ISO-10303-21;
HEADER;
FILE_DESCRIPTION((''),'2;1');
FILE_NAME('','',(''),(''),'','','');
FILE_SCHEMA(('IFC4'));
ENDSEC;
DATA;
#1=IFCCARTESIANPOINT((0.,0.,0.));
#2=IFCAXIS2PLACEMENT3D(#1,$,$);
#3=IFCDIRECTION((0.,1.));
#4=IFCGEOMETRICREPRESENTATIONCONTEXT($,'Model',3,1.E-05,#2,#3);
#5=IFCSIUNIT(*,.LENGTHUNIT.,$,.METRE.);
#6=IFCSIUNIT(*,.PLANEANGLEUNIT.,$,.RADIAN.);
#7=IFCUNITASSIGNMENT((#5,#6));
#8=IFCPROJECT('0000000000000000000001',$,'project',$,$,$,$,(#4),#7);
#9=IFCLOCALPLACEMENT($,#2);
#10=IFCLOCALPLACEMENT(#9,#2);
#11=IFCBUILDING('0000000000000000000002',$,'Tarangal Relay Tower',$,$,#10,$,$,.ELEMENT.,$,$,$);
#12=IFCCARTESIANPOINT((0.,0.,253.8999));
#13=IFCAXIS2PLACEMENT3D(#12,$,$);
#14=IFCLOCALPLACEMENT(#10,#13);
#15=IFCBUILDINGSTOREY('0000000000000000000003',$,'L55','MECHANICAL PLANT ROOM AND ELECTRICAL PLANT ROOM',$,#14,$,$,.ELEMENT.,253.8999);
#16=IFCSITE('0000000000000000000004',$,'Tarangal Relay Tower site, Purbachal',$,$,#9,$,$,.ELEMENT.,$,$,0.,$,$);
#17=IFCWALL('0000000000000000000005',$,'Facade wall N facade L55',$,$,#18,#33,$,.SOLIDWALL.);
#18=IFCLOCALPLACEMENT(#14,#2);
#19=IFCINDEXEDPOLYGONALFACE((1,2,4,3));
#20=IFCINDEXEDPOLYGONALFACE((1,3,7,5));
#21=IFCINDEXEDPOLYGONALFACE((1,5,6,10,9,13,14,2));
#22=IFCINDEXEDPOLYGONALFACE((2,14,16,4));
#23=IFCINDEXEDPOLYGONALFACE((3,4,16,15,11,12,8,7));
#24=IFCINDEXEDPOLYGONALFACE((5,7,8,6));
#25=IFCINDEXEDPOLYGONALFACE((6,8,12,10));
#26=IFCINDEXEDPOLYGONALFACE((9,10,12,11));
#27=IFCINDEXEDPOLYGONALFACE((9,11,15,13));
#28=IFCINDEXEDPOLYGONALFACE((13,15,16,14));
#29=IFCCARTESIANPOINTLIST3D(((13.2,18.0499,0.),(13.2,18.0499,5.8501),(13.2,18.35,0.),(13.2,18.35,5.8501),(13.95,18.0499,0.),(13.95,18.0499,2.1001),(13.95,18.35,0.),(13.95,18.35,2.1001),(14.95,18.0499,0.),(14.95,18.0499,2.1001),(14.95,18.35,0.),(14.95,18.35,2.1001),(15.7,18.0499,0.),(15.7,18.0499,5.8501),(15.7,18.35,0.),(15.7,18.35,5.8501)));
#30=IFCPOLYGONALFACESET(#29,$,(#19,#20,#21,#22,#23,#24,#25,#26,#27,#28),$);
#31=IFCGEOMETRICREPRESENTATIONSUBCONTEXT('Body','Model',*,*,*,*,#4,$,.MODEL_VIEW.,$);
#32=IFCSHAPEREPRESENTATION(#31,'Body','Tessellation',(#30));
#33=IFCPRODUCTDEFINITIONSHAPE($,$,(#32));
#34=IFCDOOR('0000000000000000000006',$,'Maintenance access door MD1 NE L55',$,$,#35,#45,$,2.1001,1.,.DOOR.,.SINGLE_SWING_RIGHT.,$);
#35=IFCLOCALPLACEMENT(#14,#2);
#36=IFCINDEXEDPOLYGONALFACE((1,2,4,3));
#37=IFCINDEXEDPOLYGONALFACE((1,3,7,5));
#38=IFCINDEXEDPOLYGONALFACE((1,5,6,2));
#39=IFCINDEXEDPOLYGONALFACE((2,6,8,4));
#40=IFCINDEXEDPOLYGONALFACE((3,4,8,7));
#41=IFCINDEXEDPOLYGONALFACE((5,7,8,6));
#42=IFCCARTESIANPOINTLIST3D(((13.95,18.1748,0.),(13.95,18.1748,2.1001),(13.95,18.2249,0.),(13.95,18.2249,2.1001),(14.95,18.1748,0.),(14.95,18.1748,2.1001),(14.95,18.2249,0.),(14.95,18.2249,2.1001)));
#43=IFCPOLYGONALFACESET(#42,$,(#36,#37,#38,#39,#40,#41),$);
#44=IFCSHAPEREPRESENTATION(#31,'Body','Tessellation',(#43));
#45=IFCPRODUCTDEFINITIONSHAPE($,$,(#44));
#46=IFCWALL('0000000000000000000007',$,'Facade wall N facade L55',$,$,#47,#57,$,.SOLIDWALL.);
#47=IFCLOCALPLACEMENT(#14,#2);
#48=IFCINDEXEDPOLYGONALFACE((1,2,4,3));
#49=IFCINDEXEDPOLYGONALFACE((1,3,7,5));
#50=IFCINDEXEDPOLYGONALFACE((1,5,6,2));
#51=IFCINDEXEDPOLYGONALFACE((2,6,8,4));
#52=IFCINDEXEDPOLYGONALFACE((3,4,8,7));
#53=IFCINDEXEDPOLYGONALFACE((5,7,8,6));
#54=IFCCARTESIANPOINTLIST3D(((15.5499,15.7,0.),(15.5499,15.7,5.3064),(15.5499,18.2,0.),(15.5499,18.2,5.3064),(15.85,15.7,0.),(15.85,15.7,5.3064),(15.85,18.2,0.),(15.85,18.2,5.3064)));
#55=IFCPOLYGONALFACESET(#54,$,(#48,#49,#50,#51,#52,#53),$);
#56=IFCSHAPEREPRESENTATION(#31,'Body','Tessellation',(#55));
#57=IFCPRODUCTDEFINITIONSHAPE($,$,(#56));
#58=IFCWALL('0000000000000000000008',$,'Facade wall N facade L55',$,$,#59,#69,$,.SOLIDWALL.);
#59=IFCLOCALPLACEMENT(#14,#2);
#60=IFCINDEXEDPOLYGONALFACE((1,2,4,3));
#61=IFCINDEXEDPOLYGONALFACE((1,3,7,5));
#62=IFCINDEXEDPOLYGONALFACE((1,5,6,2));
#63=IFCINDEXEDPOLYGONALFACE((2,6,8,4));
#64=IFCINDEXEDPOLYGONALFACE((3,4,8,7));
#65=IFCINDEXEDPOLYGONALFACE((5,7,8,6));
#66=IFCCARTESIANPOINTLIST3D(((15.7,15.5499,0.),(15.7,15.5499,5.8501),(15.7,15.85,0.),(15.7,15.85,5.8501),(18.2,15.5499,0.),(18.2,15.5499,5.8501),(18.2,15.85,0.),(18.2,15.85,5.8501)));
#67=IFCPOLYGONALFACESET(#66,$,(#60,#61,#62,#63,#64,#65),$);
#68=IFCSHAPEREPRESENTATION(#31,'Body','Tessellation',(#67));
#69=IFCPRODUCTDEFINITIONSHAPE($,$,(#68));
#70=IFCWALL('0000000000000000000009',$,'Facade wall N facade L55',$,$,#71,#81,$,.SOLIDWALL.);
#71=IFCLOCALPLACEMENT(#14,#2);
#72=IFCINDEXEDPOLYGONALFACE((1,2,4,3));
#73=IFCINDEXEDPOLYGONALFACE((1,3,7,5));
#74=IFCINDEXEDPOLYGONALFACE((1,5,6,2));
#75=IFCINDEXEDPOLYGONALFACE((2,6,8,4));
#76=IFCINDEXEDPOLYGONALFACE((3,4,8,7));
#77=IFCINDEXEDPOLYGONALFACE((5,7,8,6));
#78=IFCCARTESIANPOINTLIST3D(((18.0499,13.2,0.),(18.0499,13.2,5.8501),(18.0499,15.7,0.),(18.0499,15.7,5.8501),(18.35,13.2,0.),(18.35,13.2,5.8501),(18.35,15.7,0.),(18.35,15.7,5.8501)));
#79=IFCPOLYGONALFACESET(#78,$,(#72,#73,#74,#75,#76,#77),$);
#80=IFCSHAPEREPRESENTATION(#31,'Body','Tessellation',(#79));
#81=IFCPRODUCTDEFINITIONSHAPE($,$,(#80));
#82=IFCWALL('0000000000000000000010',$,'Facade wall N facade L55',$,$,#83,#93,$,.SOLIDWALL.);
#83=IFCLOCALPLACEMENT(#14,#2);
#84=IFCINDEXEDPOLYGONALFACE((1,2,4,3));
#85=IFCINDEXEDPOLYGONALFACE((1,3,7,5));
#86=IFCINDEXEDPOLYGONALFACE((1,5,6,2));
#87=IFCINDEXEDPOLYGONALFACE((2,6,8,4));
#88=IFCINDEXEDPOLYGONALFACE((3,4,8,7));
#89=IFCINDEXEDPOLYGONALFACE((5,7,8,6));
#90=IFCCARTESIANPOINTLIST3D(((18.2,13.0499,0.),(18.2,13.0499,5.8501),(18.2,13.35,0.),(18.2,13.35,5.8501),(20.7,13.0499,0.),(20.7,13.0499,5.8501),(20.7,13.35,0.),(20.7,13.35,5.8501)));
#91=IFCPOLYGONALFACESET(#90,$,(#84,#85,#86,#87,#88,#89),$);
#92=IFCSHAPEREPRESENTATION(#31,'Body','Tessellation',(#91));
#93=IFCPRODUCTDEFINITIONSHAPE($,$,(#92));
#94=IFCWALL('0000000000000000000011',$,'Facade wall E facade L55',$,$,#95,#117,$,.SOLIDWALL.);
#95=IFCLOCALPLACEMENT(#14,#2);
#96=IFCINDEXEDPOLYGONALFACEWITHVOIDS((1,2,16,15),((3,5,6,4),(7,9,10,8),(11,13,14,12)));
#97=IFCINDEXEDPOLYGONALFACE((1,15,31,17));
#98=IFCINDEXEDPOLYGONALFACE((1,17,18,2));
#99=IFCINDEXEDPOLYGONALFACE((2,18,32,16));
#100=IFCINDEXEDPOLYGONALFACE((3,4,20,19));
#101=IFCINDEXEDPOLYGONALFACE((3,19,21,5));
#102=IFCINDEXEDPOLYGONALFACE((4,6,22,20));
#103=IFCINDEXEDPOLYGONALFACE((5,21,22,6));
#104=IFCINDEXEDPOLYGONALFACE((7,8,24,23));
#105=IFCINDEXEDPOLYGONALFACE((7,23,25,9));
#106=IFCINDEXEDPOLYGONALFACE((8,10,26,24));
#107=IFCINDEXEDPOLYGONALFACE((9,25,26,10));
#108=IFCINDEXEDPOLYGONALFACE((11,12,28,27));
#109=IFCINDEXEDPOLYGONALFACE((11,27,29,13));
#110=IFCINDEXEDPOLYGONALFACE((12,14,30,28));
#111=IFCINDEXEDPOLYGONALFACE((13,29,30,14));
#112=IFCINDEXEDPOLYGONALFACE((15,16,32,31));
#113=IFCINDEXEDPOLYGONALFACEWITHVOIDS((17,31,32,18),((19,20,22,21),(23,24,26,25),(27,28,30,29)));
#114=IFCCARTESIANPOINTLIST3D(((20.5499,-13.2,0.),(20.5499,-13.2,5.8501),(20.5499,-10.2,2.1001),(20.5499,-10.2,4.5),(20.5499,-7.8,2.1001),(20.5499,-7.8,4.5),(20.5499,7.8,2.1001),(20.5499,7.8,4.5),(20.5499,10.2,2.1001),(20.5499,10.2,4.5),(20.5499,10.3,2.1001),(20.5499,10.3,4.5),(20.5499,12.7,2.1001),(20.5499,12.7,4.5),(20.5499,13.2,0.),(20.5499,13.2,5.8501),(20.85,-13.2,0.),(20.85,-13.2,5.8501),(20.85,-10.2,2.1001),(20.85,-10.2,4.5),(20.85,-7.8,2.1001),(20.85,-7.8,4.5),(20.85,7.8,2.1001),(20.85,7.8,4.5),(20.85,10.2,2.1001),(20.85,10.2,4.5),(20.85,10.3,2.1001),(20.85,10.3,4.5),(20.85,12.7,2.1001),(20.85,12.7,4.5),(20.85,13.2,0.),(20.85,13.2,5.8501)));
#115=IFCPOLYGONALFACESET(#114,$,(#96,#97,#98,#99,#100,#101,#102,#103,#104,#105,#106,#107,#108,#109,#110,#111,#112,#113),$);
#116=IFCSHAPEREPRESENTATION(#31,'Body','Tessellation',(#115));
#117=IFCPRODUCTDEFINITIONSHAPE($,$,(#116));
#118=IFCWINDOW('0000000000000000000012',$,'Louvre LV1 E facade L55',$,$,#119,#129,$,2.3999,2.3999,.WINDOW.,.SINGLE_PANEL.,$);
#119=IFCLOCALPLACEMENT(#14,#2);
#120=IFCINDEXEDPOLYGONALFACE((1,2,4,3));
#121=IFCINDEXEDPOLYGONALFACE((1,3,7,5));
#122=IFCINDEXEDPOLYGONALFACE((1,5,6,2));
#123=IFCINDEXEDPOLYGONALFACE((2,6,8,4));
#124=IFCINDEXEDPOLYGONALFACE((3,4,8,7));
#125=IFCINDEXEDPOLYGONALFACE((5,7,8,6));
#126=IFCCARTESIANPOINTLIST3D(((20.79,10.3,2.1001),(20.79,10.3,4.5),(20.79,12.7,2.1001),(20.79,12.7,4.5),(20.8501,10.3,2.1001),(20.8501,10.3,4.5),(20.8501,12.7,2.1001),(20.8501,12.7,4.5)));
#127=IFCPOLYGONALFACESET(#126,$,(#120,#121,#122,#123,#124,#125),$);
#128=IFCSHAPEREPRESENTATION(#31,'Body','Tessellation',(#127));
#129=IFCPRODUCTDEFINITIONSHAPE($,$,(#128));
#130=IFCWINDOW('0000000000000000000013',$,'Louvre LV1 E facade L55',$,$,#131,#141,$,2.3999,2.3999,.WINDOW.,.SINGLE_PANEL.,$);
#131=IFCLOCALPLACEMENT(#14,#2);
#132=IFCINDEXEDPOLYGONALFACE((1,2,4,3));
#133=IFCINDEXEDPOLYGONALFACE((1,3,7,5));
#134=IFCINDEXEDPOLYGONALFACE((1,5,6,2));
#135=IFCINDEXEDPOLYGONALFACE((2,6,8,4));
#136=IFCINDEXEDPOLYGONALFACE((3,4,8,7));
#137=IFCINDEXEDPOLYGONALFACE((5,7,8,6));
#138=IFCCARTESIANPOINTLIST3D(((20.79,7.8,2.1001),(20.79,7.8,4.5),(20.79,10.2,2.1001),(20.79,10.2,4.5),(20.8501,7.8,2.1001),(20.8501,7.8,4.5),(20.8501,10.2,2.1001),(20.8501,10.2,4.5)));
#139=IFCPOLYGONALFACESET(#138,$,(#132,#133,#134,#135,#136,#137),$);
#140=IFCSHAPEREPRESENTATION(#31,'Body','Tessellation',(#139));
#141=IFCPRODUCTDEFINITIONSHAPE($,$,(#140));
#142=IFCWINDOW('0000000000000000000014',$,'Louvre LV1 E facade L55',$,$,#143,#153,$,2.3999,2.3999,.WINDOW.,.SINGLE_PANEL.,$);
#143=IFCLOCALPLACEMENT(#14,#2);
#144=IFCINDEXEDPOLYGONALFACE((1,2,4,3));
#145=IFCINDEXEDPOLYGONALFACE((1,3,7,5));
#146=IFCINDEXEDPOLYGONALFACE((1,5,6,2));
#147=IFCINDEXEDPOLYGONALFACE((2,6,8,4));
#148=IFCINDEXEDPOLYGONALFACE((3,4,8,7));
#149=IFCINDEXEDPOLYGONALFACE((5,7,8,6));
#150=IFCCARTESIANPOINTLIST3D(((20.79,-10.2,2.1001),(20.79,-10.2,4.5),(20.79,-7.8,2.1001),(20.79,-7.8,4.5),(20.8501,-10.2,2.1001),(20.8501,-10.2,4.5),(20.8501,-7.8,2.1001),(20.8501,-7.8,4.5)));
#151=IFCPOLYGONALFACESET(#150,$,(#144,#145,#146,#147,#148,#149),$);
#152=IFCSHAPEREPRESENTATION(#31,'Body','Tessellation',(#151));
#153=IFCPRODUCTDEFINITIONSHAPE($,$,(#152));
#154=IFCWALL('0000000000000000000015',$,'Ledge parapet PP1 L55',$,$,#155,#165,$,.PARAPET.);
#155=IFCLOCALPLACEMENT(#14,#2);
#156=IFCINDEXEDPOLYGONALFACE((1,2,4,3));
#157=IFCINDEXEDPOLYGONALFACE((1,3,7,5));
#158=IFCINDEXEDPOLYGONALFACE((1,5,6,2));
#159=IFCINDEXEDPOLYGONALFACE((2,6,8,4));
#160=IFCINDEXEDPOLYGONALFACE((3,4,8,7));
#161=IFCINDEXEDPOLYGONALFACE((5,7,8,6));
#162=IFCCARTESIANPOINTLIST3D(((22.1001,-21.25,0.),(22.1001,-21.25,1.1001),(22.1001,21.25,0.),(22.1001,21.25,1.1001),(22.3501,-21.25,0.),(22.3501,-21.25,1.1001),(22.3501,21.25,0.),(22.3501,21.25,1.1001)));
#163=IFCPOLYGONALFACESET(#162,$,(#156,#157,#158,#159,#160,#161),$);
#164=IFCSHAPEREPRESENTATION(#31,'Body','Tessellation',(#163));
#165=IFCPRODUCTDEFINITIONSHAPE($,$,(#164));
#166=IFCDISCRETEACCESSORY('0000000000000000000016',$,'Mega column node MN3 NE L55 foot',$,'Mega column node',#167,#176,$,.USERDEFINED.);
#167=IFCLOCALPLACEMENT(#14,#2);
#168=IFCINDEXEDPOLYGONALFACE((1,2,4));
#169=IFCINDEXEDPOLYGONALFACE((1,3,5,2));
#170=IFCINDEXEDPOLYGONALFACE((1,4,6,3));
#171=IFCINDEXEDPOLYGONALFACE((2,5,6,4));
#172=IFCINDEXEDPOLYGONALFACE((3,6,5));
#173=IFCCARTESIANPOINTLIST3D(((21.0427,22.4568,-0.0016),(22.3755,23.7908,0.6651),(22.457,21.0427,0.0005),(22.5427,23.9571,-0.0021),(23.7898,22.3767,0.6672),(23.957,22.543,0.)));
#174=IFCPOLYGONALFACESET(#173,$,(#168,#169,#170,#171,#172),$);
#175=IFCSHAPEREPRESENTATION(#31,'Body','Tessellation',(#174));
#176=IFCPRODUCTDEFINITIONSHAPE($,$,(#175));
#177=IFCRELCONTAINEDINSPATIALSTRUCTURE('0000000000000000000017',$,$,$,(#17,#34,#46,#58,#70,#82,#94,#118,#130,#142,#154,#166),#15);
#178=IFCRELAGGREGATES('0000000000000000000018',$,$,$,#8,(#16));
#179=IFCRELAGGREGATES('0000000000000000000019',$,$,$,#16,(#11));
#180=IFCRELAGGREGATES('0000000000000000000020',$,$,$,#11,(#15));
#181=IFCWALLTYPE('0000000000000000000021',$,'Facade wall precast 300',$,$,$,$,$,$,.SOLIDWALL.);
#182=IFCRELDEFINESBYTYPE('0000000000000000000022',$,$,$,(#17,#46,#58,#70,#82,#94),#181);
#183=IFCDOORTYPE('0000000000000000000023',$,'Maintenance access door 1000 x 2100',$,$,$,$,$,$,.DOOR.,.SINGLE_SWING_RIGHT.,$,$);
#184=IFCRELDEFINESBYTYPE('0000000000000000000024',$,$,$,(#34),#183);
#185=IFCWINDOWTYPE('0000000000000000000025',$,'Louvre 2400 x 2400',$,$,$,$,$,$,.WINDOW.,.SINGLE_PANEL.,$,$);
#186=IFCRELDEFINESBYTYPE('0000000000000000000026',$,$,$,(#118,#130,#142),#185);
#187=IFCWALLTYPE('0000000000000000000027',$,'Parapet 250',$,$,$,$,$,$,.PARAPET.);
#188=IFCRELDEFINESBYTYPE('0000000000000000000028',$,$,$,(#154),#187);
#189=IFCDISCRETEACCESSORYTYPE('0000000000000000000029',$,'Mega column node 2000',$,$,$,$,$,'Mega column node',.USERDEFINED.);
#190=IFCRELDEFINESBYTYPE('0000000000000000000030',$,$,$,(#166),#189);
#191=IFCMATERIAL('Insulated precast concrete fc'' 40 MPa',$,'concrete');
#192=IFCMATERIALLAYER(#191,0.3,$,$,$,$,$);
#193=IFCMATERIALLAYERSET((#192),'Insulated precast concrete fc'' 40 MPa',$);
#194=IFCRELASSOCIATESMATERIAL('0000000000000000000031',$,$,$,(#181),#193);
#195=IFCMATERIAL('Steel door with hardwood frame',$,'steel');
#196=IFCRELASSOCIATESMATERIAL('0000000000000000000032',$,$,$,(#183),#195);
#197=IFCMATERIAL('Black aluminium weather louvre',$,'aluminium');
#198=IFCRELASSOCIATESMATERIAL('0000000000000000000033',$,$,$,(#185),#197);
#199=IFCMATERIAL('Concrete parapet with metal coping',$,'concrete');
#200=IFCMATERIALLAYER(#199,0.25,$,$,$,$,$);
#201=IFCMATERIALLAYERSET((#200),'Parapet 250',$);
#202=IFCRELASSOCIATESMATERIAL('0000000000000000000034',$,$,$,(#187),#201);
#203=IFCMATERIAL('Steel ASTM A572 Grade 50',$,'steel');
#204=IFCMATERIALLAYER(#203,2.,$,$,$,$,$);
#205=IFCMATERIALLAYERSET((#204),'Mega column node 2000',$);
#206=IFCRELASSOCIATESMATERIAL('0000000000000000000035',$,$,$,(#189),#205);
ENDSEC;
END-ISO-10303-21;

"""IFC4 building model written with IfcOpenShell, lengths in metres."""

from ifc_helpers import new_model, si_unit, direction, frame, frame_2d, origin, place, context, subcontext, project, spatial, polyline, rectangle, outline, extrude, material, layer, layer_set, type_object, element, fill, save


model = new_model("IFC4")

# Units and contexts
model_context = context("Model", 3, precision=1e-05, world=origin(), true_north=direction((0.0, 1.0)))
body_context = subcontext(model_context, "Body", "Model", "MODEL_VIEW")
ifc_project = project(units=[si_unit("LENGTHUNIT", "METRE"), si_unit("PLANEANGLEUNIT", "RADIAN")], contexts=[model_context])

# Site, building, storey
site_placement = place(None, origin())
site = spatial("IfcSite", under=ifc_project, at=site_placement, Name="Tarangal Relay Tower site, Purbachal", CompositionType="ELEMENT", RefElevation=0.0)
building_placement = place(site_placement, origin())
building = spatial("IfcBuilding", under=site, at=building_placement, Name="Tarangal Relay Tower", CompositionType="ELEMENT")
storey_placement = place(building_placement, frame((0.0, 0.0, 253.8999)))
storey = spatial("IfcBuildingStorey", under=building, at=storey_placement, Name="L55", Description="MECHANICAL PLANT ROOM AND ELECTRICAL PLANT ROOM", CompositionType="ELEMENT", Elevation=253.8999)

# Shared definitions
ifc_material_1 = material(Name="Steel ASTM A572 Grade 50", Category="steel")

# Shared definitions
ifc_material_2 = material(Name="Insulated precast concrete fc' 40 MPa", Category="concrete")
ifc_layer_1 = layer(ifc_material_2, 0.3)
ifc_layer_set_1 = layer_set([ifc_layer_1], Name="Insulated precast concrete fc' 40 MPa")
wall_type_1 = type_object("IfcWallType", Name="Facade wall precast 300", PredefinedType="SOLIDWALL", material=ifc_layer_set_1)

# Wall, opening, door
wall_1_placement = place(storey_placement, frame((13.2, 18.2, 0.0), z_axis=(0.0, 0.0, 1.0), x_axis=(1.0, 0.0, 0.0)))
wall_1 = element("IfcWall", 1, at=wall_1_placement, inside=storey, type_object=wall_type_1, Name="Facade wall N facade L55", PredefinedType="SOLIDWALL", context=body_context, shape_type="SweptSolid", body=[
    extrude(rectangle(XDim=2.5, YDim=0.3, at=frame_2d((1.25, 0.0))), origin(), (0.0, 0.0, 1.0), 5.8501),
])
opening_1_placement = place(wall_1_placement, frame((0.75, 0.0, 0.0)))
opening_1 = element("IfcOpeningElement", 2, at=opening_1_placement, cuts=wall_1, PredefinedType="OPENING", context=body_context, shape_type="SweptSolid", body=[
    extrude(rectangle(XDim=1.0, YDim=2.1001, at=frame_2d((0.5, 1.05))), frame((0.0, 0.1599, 0.0), z_axis=(0.0, -1.0, 0.0), x_axis=(1.0, 0.0, 0.0)), (0.0, 0.0, 1.0), 0.3201),
])
ifc_material_3 = material(Name="Steel door with hardwood frame", Category="steel")
door_type = type_object("IfcDoorType", Name="Maintenance access door 1000 x 2100", OperationType="SINGLE_SWING_RIGHT", PredefinedType="DOOR", material=ifc_material_3)
door_placement = place(opening_1_placement, origin())
door = element("IfcDoor", 3, at=door_placement, inside=storey, type_object=door_type, Name="Maintenance access door MD1 NE L55", OperationType="SINGLE_SWING_RIGHT", OverallHeight=2.1001, OverallWidth=1.0, PredefinedType="DOOR", context=body_context, shape_type="SweptSolid", body=[
    extrude(rectangle(XDim=1.0, YDim=2.1001, at=frame_2d((0.5, 1.05))), frame((0.0, 0.0249, 0.0), z_axis=(0.0, -1.0, 0.0), x_axis=(1.0, 0.0, 0.0)), (0.0, 0.0, 1.0), 0.05),
])
fill(opening_1, door)

# Walls
wall_2_placement = place(storey_placement, frame((15.7, 18.2, 0.0), z_axis=(0.0, 0.0, 1.0), x_axis=(0.0, -1.0, 0.0)))
element("IfcWall", 4, at=wall_2_placement, inside=storey, type_object=wall_type_1, Name="Facade wall N facade L55", PredefinedType="SOLIDWALL", context=body_context, shape_type="SweptSolid", body=[
    extrude(rectangle(XDim=2.5, YDim=0.3, at=frame_2d((1.25, 0.0))), origin(), (0.0, 0.0, 1.0), 5.3064),
])
for number, where, z_axis, x_axis, name in (
    (5, (15.7, 15.7, 0.0), (0.0, 0.0, 1.0), (1.0, 0.0, 0.0), "Facade wall N facade L55"),
    (6, (18.2, 15.7, 0.0), (0.0, 0.0, 1.0), (0.0, -1.0, 0.0), "Facade wall N facade L55"),
    (7, (18.2, 13.2, 0.0), (0.0, 0.0, 1.0), (1.0, 0.0, 0.0), "Facade wall N facade L55"),
):
    element("IfcWall", number, at=place(storey_placement, frame(where, z_axis=z_axis, x_axis=x_axis)), inside=storey, type_object=wall_type_1, Name=name, PredefinedType="SOLIDWALL", context=body_context, shape_type="SweptSolid", body=[
        extrude(rectangle(XDim=2.5, YDim=0.3, at=frame_2d((1.25, 0.0))), origin(), (0.0, 0.0, 1.0), 5.8501),
    ])

# Wall, openings, windows
wall_3_placement = place(storey_placement, frame((20.7, 13.2, 0.0), z_axis=(0.0, 0.0, 1.0), x_axis=(0.0, -1.0, 0.0)))
wall_3 = element("IfcWall", 8, at=wall_3_placement, inside=storey, type_object=wall_type_1, Name="Facade wall E facade L55", PredefinedType="SOLIDWALL", context=body_context, shape_type="SweptSolid", body=[
    extrude(rectangle(XDim=26.3999, YDim=0.3, at=frame_2d((13.2, 0.0))), origin(), (0.0, 0.0, 1.0), 5.8501),
])
opening_2_placement = place(wall_3_placement, frame((0.5, 0.0, 2.1001)))
opening_2 = element("IfcOpeningElement", 9, at=opening_2_placement, cuts=wall_3, PredefinedType="OPENING", context=body_context, shape_type="SweptSolid", body=[
    extrude(rectangle(XDim=2.3999, YDim=2.3999, at=frame_2d((1.2, 1.2))), frame((0.0, 0.1599, 0.0), z_axis=(0.0, -1.0, 0.0), x_axis=(1.0, 0.0, 0.0)), (0.0, 0.0, 1.0), 0.3201),
])
opening_3_placement = place(wall_3_placement, frame((3.0, 0.0, 2.1001)))
opening_3 = element("IfcOpeningElement", 10, at=opening_3_placement, cuts=wall_3, PredefinedType="OPENING", context=body_context, shape_type="SweptSolid", body=[
    extrude(rectangle(XDim=2.3999, YDim=2.3999, at=frame_2d((1.2, 1.2))), frame((0.0, 0.1599, 0.0), z_axis=(0.0, -1.0, 0.0), x_axis=(1.0, 0.0, 0.0)), (0.0, 0.0, 1.0), 0.3201),
])
opening_4_placement = place(wall_3_placement, frame((21.0, 0.0, 2.1001)))
opening_4 = element("IfcOpeningElement", 11, at=opening_4_placement, cuts=wall_3, PredefinedType="OPENING", context=body_context, shape_type="SweptSolid", body=[
    extrude(rectangle(XDim=2.3999, YDim=2.3999, at=frame_2d((1.2, 1.2))), frame((0.0, 0.1599, 0.0), z_axis=(0.0, -1.0, 0.0), x_axis=(1.0, 0.0, 0.0)), (0.0, 0.0, 1.0), 0.3201),
])
ifc_material_4 = material(Name="Black aluminium weather louvre", Category="aluminium")
window_type = type_object("IfcWindowType", Name="Louvre 2400 x 2400", PartitioningType="SINGLE_PANEL", PredefinedType="WINDOW", material=ifc_material_4)
window_1_placement = place(opening_2_placement, origin())
window_1 = element("IfcWindow", 12, at=window_1_placement, inside=storey, type_object=window_type, Name="Louvre LV1 E facade L55", OverallHeight=2.3999, OverallWidth=2.3999, PartitioningType="SINGLE_PANEL", PredefinedType="WINDOW", context=body_context, shape_type="SweptSolid", body=[
    extrude(rectangle(XDim=2.3999, YDim=2.3999, at=frame_2d((1.2, 1.2))), frame((0.0, 0.1501, 0.0), z_axis=(0.0, -1.0, 0.0), x_axis=(1.0, 0.0, 0.0)), (0.0, 0.0, 1.0), 0.0601),
])
fill(opening_2, window_1)
window_2_placement = place(opening_3_placement, origin())
window_2 = element("IfcWindow", 13, at=window_2_placement, inside=storey, type_object=window_type, Name="Louvre LV1 E facade L55", OverallHeight=2.3999, OverallWidth=2.3999, PartitioningType="SINGLE_PANEL", PredefinedType="WINDOW", context=body_context, shape_type="SweptSolid", body=[
    extrude(rectangle(XDim=2.3999, YDim=2.3999, at=frame_2d((1.2, 1.2))), frame((0.0, 0.1501, 0.0), z_axis=(0.0, -1.0, 0.0), x_axis=(1.0, 0.0, 0.0)), (0.0, 0.0, 1.0), 0.0601),
])
fill(opening_3, window_2)
window_3_placement = place(opening_4_placement, origin())
window_3 = element("IfcWindow", 14, at=window_3_placement, inside=storey, type_object=window_type, Name="Louvre LV1 E facade L55", OverallHeight=2.3999, OverallWidth=2.3999, PartitioningType="SINGLE_PANEL", PredefinedType="WINDOW", context=body_context, shape_type="SweptSolid", body=[
    extrude(rectangle(XDim=2.3999, YDim=2.3999, at=frame_2d((1.2, 1.2))), frame((0.0, 0.1501, 0.0), z_axis=(0.0, -1.0, 0.0), x_axis=(1.0, 0.0, 0.0)), (0.0, 0.0, 1.0), 0.0601),
])
fill(opening_4, window_3)

# Wall
ifc_material_5 = material(Name="Concrete parapet with metal coping", Category="concrete")
ifc_layer_2 = layer(ifc_material_5, 0.25)
ifc_layer_set_2 = layer_set([ifc_layer_2], Name="Parapet 250")
wall_type_2 = type_object("IfcWallType", Name="Parapet 250", PredefinedType="PARAPET", material=ifc_layer_set_2)
wall_4_placement = place(storey_placement, frame((22.2251, 21.25, 0.0), z_axis=(0.0, 0.0, 1.0), x_axis=(0.0, -1.0, 0.0)))
element("IfcWall", 15, at=wall_4_placement, inside=storey, type_object=wall_type_2, Name="Ledge parapet PP1 L55", PredefinedType="PARAPET", context=body_context, shape_type="SweptSolid", body=[
    extrude(rectangle(XDim=42.5, YDim=0.25, at=frame_2d((21.25, 0.0))), origin(), (0.0, 0.0, 1.0), 1.1001),
])

# Discrete accessory
ifc_layer_3 = layer(ifc_material_1, 2.0)
ifc_layer_set_3 = layer_set([ifc_layer_3], Name="Mega column node 2000")
discrete_accessory_type = type_object("IfcDiscreteAccessoryType", Name="Mega column node 2000", ElementType="Mega column node", PredefinedType="USERDEFINED", material=ifc_layer_set_3)
discrete_accessory_1_placement = place(storey_placement, frame((22.457, 21.0427, 0.0005), z_axis=(0.707164, -0.707049, 0.001064), x_axis=(0.666355, 0.666965, 0.33336)))
element("IfcDiscreteAccessory", 16, at=discrete_accessory_1_placement, inside=storey, type_object=discrete_accessory_type, Name="Mega column node MN3 NE L55 foot", ObjectType="Mega column node", PredefinedType="USERDEFINED", context=body_context, shape_type="SweptSolid", body=[
    extrude(outline(polyline([(0.0, 0.0), (2.0001, 0.0), (2.0, -0.7077), (0.0, 0.0)])), origin(), (0.0, 0.0, -1.0), 2.0),
])

save(model, "model.ifc")
